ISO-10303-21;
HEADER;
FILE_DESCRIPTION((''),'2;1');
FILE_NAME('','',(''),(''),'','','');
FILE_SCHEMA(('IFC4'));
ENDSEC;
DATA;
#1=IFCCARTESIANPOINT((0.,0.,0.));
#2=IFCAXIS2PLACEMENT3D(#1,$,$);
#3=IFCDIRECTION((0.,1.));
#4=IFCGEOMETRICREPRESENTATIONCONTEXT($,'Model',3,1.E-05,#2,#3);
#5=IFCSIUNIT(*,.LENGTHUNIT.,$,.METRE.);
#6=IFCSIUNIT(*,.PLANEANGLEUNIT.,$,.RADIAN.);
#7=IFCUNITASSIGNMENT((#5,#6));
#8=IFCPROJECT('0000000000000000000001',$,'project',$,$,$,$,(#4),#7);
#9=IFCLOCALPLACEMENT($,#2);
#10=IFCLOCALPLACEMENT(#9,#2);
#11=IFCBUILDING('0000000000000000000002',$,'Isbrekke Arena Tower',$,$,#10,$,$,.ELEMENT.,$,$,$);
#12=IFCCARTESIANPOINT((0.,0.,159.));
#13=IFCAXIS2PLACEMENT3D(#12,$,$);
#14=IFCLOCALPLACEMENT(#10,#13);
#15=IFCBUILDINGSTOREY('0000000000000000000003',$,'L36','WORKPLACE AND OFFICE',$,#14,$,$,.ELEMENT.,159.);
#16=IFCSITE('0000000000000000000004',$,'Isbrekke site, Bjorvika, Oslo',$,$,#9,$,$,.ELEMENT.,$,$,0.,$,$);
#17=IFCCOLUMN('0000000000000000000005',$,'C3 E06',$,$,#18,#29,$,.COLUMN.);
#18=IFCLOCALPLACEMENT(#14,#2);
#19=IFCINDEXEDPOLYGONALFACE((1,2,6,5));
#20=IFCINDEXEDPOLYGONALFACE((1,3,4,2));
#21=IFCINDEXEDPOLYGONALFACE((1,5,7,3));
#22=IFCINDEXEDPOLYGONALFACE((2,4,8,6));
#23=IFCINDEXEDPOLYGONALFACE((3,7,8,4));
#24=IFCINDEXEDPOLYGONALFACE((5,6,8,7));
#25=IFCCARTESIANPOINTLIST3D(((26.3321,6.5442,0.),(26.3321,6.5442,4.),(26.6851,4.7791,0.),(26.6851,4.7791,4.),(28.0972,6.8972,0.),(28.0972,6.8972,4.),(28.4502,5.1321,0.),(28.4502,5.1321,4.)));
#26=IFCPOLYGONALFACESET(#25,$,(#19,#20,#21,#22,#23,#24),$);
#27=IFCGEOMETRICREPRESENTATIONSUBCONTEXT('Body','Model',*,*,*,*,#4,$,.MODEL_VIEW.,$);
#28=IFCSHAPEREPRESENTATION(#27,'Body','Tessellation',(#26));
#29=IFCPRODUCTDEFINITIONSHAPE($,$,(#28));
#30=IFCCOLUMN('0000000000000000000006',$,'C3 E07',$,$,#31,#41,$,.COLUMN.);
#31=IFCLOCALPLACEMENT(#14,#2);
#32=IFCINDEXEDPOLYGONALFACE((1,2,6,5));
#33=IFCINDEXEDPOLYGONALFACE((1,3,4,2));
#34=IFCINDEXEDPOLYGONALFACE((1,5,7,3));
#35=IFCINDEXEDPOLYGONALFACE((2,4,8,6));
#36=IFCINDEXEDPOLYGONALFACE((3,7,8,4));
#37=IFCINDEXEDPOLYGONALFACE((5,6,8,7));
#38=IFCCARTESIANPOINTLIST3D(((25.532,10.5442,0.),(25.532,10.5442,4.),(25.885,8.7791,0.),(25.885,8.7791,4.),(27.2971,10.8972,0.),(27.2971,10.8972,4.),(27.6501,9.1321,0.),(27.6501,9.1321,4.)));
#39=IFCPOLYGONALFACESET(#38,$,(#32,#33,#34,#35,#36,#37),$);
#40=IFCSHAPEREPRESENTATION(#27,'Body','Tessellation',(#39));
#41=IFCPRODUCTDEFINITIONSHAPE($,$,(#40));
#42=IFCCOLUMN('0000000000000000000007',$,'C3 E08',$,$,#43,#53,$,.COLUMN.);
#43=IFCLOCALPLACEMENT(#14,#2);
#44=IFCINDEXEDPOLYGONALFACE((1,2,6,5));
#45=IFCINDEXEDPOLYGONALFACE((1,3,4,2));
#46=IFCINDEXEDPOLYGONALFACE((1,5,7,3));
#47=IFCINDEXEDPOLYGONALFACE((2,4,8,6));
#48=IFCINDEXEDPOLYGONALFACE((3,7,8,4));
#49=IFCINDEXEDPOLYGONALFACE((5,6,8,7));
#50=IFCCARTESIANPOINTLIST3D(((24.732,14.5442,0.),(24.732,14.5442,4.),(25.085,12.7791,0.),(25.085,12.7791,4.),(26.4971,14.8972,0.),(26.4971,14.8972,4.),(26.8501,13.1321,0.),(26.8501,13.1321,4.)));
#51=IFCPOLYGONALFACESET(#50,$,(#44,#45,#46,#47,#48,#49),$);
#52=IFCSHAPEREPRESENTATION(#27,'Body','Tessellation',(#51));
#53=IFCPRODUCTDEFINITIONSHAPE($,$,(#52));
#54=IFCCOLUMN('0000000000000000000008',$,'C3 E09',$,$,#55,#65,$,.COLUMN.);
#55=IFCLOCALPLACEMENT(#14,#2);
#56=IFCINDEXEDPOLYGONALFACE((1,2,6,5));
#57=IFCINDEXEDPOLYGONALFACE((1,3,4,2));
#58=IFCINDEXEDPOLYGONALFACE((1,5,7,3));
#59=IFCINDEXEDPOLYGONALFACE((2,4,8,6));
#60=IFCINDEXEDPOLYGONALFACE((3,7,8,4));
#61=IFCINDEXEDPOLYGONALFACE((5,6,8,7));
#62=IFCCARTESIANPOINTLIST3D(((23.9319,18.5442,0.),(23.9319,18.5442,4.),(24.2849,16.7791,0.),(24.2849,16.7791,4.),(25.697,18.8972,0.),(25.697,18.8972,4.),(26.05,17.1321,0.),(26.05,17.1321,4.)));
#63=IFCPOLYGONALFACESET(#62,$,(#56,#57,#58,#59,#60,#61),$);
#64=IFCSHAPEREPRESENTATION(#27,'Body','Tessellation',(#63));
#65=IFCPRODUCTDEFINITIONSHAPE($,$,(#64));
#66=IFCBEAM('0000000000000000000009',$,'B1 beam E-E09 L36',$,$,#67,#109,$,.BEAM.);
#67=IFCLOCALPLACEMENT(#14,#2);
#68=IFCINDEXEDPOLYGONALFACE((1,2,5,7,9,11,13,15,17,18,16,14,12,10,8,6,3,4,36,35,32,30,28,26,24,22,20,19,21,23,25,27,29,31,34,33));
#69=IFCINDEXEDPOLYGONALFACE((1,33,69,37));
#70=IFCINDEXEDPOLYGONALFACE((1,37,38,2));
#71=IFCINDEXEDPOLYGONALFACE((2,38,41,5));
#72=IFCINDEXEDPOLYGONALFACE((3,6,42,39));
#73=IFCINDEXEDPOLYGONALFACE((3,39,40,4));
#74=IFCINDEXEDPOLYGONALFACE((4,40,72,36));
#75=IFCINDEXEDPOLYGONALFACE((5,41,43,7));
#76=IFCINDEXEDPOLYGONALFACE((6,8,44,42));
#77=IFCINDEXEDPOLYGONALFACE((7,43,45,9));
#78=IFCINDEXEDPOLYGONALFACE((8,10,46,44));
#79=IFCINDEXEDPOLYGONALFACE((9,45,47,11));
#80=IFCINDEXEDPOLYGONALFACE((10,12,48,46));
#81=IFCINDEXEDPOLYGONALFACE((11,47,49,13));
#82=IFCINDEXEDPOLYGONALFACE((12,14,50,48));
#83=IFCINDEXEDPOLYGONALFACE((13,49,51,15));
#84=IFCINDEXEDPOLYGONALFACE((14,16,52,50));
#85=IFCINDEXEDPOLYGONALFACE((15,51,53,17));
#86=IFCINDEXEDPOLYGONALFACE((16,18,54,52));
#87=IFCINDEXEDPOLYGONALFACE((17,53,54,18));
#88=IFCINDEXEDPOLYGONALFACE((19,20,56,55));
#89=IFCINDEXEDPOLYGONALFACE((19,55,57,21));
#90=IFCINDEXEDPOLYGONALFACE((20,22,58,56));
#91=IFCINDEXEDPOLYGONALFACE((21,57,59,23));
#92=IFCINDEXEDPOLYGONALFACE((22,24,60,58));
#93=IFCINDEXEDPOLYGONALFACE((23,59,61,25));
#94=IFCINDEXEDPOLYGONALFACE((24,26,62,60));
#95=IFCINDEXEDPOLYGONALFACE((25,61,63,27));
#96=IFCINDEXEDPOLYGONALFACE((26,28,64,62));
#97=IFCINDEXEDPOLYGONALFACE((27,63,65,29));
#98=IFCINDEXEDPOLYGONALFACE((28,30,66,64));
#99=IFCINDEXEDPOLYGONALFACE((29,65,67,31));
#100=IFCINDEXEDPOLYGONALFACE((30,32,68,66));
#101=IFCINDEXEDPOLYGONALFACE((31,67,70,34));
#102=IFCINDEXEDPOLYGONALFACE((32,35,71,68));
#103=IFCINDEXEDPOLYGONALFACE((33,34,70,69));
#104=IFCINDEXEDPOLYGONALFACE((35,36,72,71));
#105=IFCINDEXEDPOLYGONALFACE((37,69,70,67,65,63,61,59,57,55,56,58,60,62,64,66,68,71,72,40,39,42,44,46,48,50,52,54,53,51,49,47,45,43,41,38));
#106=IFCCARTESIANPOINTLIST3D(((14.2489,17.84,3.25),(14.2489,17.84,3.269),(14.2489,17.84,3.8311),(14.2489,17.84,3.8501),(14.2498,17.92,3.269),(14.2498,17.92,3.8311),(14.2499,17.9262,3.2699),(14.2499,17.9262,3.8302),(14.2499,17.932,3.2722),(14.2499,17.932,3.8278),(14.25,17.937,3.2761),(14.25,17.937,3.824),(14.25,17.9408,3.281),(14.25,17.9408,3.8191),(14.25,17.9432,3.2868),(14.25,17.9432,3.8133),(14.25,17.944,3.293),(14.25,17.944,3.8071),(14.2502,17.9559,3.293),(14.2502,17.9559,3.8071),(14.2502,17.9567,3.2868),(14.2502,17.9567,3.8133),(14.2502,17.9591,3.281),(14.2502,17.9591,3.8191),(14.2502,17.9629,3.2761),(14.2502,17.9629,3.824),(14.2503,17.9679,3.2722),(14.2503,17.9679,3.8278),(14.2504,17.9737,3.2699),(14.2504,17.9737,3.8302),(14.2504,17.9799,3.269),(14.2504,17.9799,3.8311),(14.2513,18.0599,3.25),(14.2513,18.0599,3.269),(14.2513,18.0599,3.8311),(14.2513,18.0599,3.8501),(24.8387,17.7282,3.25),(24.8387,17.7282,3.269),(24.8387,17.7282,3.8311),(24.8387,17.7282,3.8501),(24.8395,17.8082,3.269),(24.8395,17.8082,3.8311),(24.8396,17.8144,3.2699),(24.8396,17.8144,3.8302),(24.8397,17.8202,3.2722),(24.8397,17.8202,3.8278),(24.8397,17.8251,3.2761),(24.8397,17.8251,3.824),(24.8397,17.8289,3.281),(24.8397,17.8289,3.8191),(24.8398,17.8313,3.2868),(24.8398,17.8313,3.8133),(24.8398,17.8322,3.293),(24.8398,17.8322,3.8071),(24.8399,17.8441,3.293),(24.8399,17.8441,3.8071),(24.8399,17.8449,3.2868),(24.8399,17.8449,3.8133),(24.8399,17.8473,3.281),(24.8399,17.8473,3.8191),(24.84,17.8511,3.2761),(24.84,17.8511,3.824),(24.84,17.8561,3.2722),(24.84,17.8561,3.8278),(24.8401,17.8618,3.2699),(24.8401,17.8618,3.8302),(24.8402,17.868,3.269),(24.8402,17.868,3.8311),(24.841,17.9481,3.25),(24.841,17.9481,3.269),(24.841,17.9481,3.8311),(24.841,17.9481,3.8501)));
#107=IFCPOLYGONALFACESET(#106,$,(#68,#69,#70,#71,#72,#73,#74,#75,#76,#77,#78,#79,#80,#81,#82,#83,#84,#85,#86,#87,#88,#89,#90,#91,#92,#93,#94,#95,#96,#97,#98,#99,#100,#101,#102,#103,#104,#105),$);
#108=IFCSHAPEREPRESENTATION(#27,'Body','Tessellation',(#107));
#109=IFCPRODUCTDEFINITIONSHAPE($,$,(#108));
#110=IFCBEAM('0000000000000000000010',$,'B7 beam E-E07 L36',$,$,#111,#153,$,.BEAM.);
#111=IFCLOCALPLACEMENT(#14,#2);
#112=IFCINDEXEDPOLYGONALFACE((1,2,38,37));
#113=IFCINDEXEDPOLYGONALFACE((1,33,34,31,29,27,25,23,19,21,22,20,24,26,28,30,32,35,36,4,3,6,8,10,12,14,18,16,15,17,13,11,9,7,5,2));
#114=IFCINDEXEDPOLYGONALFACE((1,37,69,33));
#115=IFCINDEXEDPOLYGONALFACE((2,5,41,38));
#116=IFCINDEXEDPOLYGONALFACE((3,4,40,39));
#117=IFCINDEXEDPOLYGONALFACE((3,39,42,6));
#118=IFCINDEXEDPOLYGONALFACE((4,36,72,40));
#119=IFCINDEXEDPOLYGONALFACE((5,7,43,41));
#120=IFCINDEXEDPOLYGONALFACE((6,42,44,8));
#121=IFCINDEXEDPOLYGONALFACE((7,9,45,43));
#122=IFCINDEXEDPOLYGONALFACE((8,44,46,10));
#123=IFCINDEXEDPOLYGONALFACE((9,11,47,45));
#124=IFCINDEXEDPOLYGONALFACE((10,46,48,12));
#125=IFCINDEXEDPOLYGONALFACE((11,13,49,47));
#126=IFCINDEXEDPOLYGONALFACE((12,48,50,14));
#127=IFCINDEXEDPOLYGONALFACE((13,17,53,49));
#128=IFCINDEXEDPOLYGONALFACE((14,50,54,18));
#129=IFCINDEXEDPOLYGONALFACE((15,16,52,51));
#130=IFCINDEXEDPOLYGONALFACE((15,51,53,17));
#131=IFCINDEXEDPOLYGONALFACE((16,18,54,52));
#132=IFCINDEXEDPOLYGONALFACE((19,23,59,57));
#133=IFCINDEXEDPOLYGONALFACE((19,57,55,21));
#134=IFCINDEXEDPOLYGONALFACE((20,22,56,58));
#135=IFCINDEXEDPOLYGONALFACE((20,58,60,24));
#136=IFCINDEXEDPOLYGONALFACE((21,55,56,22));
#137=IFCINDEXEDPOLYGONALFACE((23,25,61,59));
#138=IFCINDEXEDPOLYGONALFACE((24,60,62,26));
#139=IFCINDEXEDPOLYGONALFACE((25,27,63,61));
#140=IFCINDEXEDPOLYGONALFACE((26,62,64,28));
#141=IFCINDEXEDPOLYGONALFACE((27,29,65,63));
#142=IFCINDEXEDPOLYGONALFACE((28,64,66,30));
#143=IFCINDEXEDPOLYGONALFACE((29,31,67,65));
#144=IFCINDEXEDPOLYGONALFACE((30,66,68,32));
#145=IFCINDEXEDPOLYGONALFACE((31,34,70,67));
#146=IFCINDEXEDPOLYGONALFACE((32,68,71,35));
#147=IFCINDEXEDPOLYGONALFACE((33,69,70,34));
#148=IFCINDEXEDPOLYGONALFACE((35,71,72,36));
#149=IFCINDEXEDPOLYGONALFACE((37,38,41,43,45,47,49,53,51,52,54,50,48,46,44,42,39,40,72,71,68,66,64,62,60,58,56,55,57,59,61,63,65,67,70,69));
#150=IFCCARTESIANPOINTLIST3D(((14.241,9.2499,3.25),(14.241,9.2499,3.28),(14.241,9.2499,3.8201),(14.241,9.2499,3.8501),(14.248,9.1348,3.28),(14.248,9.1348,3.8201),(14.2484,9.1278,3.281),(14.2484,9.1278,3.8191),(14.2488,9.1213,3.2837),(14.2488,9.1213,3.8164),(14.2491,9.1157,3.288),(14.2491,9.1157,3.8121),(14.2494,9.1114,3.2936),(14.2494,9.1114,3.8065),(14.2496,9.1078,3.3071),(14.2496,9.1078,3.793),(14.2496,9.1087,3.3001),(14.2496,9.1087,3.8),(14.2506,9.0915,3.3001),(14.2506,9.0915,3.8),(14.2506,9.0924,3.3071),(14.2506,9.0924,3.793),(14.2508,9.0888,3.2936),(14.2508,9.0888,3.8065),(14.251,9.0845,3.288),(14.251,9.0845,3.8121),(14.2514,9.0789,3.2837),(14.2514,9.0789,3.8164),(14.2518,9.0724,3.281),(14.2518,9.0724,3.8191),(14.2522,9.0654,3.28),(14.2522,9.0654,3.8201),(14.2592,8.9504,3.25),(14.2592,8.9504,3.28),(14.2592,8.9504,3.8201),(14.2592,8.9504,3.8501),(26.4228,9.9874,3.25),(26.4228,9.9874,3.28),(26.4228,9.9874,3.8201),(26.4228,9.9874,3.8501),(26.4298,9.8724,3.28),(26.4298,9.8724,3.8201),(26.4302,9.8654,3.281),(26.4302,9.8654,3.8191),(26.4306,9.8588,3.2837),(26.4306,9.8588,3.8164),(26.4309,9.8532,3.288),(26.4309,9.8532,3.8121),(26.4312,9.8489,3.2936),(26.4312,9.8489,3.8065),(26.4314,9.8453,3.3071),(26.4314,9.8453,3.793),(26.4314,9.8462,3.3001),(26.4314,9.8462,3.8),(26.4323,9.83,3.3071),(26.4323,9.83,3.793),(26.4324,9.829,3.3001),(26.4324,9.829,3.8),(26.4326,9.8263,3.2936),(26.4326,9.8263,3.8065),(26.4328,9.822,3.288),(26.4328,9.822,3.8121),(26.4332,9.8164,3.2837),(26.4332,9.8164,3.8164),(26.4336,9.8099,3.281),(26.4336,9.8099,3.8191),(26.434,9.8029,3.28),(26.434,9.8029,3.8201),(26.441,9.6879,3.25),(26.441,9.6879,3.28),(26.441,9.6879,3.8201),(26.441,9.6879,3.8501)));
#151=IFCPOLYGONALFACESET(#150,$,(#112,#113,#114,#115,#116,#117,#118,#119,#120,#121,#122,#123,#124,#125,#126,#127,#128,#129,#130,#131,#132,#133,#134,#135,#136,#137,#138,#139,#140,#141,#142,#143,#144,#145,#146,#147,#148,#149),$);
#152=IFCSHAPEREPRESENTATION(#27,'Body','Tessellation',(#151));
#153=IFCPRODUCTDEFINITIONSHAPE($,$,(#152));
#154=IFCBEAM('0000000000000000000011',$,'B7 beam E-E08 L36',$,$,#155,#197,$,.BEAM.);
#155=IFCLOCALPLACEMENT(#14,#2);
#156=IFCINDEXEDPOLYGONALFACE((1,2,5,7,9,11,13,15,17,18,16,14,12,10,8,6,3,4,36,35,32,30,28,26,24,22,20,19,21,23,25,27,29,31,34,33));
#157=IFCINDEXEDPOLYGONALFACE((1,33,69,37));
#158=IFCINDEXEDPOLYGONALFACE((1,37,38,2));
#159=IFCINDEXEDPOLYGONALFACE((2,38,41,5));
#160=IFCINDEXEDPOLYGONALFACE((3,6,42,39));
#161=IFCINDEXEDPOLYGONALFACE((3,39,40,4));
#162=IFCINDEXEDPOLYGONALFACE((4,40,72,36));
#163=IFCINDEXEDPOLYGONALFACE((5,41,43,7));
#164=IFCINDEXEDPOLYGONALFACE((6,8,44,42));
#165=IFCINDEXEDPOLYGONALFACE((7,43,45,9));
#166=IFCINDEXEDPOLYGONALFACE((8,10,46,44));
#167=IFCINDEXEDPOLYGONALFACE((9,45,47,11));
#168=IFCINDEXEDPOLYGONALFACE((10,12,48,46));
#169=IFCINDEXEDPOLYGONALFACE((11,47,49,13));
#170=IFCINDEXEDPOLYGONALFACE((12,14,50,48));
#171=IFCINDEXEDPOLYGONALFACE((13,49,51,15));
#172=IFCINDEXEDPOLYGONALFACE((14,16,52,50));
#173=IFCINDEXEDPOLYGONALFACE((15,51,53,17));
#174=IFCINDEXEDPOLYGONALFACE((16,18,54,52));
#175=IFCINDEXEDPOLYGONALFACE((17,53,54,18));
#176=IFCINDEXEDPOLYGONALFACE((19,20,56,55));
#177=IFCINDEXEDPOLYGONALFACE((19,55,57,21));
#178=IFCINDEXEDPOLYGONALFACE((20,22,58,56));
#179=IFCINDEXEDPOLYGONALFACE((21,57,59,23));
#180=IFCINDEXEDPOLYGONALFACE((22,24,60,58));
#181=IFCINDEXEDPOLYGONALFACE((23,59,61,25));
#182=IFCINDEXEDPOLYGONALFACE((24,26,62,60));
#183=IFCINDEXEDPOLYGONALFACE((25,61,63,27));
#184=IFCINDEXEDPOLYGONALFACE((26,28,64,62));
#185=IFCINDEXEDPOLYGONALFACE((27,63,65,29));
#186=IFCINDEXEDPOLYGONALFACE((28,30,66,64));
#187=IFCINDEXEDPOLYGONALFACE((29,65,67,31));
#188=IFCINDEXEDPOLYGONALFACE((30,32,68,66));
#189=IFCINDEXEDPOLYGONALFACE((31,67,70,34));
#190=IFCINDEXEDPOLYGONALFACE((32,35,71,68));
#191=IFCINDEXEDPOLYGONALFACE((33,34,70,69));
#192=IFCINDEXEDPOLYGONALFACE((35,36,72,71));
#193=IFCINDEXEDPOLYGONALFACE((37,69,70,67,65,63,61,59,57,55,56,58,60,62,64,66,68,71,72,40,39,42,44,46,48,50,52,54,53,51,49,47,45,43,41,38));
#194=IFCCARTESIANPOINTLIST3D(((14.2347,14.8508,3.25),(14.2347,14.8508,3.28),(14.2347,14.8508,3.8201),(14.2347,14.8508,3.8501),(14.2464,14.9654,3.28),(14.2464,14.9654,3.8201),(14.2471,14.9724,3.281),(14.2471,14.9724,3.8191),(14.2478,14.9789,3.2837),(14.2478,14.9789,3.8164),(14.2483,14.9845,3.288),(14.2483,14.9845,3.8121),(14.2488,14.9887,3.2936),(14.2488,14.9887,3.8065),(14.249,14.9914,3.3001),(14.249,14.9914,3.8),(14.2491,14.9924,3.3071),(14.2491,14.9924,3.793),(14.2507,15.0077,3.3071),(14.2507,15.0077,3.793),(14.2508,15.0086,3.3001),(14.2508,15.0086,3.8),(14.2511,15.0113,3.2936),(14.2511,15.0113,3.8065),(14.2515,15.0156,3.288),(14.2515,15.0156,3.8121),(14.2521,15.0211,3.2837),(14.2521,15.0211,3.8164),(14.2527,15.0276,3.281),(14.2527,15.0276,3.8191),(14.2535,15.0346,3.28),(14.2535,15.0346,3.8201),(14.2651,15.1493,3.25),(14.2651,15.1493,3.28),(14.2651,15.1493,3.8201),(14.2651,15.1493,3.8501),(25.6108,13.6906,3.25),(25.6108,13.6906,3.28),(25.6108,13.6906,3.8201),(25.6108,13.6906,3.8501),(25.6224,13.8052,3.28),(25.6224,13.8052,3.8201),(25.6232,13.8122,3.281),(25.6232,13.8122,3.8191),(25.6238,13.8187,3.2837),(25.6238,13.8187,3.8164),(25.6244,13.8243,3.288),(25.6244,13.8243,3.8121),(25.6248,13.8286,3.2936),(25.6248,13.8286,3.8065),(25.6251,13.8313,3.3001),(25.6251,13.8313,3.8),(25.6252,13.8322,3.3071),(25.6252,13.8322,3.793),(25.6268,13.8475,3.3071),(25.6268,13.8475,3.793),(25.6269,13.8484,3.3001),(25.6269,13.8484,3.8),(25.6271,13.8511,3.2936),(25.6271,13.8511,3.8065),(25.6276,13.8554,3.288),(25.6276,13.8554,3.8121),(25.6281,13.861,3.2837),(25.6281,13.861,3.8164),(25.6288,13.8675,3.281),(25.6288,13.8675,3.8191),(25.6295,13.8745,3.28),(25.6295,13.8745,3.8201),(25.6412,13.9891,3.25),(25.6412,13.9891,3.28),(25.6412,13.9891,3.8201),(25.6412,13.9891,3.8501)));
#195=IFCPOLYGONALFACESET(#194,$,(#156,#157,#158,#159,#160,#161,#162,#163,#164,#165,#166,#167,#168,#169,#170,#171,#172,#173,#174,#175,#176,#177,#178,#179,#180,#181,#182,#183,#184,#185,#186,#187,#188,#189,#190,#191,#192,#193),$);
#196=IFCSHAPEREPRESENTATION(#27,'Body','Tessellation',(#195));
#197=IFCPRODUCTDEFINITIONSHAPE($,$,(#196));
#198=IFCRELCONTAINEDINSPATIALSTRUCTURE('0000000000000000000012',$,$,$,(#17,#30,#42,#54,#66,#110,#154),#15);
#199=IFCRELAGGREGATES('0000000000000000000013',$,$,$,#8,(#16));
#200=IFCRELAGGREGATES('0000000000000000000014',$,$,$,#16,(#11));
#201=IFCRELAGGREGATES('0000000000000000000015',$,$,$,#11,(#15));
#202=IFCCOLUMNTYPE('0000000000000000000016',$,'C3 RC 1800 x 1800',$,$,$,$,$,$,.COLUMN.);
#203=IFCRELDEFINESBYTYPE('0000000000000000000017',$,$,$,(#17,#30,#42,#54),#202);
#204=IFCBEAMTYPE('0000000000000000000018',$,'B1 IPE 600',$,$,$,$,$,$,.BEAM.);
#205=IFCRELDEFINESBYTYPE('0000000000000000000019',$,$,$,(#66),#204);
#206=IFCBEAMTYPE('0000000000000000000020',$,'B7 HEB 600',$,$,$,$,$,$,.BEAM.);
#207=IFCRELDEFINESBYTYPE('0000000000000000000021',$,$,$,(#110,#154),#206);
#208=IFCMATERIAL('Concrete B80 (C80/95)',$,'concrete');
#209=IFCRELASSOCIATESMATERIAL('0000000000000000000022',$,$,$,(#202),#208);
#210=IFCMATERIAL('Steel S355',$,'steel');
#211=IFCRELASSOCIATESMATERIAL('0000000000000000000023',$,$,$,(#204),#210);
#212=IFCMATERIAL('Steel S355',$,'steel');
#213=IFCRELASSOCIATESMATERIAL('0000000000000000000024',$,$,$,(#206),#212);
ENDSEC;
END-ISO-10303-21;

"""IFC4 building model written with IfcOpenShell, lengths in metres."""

from ifc_helpers import new_model, si_unit, direction, frame, origin, origin_2d, place, context, subcontext, project, spatial, rectangle, i_section, extrude, material, material_profile, profile_set, type_object, element, save


model = new_model("IFC4")

# Units and contexts
model_context = context("Model", 3, precision=1e-05, world=origin(), true_north=direction((0.0, 1.0)))
body_context = subcontext(model_context, "Body", "Model", "MODEL_VIEW")
ifc_project = project(units=[si_unit("LENGTHUNIT", "METRE"), si_unit("PLANEANGLEUNIT", "RADIAN")], contexts=[model_context])

# Site, building, storey
site_placement = place(None, origin())
site = spatial("IfcSite", under=ifc_project, at=site_placement, Name="Isbrekke site, Bjorvika, Oslo", CompositionType="ELEMENT", RefElevation=0.0)
building_placement = place(site_placement, origin())
building = spatial("IfcBuilding", under=site, at=building_placement, Name="Isbrekke Arena Tower", CompositionType="ELEMENT")
storey_placement = place(building_placement, frame((0.0, 0.0, 159.0)))
storey = spatial("IfcBuildingStorey", under=building, at=storey_placement, Name="L36", Description="WORKPLACE AND OFFICE", CompositionType="ELEMENT", Elevation=159.0)

# Columns
ifc_material_1 = material(Name="Concrete B80 (C80/95)", Category="concrete")
ifc_material_profile_1 = material_profile(ifc_material_1, rectangle(XDim=1.8, YDim=1.8, at=origin_2d()), Name="RC 1800x1800")
ifc_profile_set_1 = profile_set([ifc_material_profile_1], Name="Concrete B80 (C80/95)")
column_type = type_object("IfcColumnType", Name="C3 RC 1800 x 1800", PredefinedType="COLUMN", material=ifc_profile_set_1)
for number, where, z_axis, x_axis, name in (
    (1, (27.3911, 5.8381, 0.0), (0.0, 0.0, 1.0), (-0.196116, 0.980581, 0.0), "C3 E06"),
    (2, (26.5911, 9.8381, 0.0), (0.0, 0.0, 1.0), (-0.196116, 0.980581, 0.0), "C3 E07"),
    (3, (25.791, 13.8381, 0.0), (0.0, 0.0, 1.0), (-0.196116, 0.980581, 0.0), "C3 E08"),
    (4, (24.991, 17.8381, 0.0), (0.0, 0.0, 1.0), (-0.196116, 0.980581, 0.0), "C3 E09"),
):
    element("IfcColumn", number, at=place(storey_placement, frame(where, z_axis=z_axis, x_axis=x_axis)), inside=storey, type_object=column_type, Name=name, PredefinedType="COLUMN", context=body_context, shape_type="SweptSolid", body=[
        extrude(rectangle(XDim=1.8, YDim=1.8, at=origin_2d()), origin(), (0.0, 0.0, 1.0), 4.0),
    ])

# Beams
ifc_material_2 = material(Name="Steel S355", Category="steel")
ifc_material_profile_2 = material_profile(ifc_material_2, i_section(OverallWidth=0.22, OverallDepth=0.6001, WebThickness=0.012, FlangeThickness=0.019, FilletRadius=0.0239, at=origin_2d()), Name="IPE 600")
ifc_profile_set_2 = profile_set([ifc_material_profile_2], Name="Steel S355")
beam_type_1 = type_object("IfcBeamType", Name="B1 IPE 600", PredefinedType="BEAM", material=ifc_profile_set_2)
beam_1_placement = place(storey_placement, frame((24.8398, 17.8381, 3.55), z_axis=(-0.999944, 0.010558, 0.0), x_axis=(-0.010558, -0.999944, 0.0)))
element("IfcBeam", 5, at=beam_1_placement, inside=storey, type_object=beam_type_1, Name="B1 beam E-E09 L36", PredefinedType="BEAM", context=body_context, shape_type="SweptSolid", body=[
    extrude(i_section(OverallWidth=0.22, OverallDepth=0.6001, WebThickness=0.012, FlangeThickness=0.019, FilletRadius=0.0239, at=origin_2d()), origin(), (0.0, 0.0, 1.0), 10.5903),
])
ifc_material_3 = material(Name="Steel S355", Category="steel")
ifc_material_profile_3 = material_profile(ifc_material_3, i_section(OverallWidth=0.3, OverallDepth=0.6001, WebThickness=0.0154, FlangeThickness=0.03, FilletRadius=0.0271, at=origin_2d()), Name="HEB 600")
ifc_profile_set_3 = profile_set([ifc_material_profile_3], Name="Steel S355")
beam_type_2 = type_object("IfcBeamType", Name="B7 HEB 600", PredefinedType="BEAM", material=ifc_profile_set_3)
beam_2_placement = place(storey_placement, frame((26.4319, 9.8376, 3.55), z_axis=(-0.998172, -0.060434, 0.0), x_axis=(0.060434, -0.998172, 0.0)))
element("IfcBeam", 6, at=beam_2_placement, inside=storey, type_object=beam_type_2, Name="B7 beam E-E07 L36", PredefinedType="BEAM", context=body_context, shape_type="SweptSolid", body=[
    extrude(i_section(OverallWidth=0.3, OverallDepth=0.6001, WebThickness=0.0154, FlangeThickness=0.03, FilletRadius=0.0271, at=origin_2d()), origin(), (0.0, 0.0, 1.0), 12.2041),
])
beam_3_placement = place(storey_placement, frame((25.626, 13.8398, 3.55), z_axis=(-0.99484, 0.101457, 0.0), x_axis=(-0.101457, -0.99484, 0.0)))
element("IfcBeam", 7, at=beam_3_placement, inside=storey, type_object=beam_type_2, Name="B7 beam E-E08 L36", PredefinedType="BEAM", context=body_context, shape_type="SweptSolid", body=[
    extrude(i_section(OverallWidth=0.3, OverallDepth=0.6001, WebThickness=0.0154, FlangeThickness=0.03, FilletRadius=0.0271, at=origin_2d()), origin(), (0.0, 0.0, 1.0), 11.4351),
])

save(model, "model.ifc")
